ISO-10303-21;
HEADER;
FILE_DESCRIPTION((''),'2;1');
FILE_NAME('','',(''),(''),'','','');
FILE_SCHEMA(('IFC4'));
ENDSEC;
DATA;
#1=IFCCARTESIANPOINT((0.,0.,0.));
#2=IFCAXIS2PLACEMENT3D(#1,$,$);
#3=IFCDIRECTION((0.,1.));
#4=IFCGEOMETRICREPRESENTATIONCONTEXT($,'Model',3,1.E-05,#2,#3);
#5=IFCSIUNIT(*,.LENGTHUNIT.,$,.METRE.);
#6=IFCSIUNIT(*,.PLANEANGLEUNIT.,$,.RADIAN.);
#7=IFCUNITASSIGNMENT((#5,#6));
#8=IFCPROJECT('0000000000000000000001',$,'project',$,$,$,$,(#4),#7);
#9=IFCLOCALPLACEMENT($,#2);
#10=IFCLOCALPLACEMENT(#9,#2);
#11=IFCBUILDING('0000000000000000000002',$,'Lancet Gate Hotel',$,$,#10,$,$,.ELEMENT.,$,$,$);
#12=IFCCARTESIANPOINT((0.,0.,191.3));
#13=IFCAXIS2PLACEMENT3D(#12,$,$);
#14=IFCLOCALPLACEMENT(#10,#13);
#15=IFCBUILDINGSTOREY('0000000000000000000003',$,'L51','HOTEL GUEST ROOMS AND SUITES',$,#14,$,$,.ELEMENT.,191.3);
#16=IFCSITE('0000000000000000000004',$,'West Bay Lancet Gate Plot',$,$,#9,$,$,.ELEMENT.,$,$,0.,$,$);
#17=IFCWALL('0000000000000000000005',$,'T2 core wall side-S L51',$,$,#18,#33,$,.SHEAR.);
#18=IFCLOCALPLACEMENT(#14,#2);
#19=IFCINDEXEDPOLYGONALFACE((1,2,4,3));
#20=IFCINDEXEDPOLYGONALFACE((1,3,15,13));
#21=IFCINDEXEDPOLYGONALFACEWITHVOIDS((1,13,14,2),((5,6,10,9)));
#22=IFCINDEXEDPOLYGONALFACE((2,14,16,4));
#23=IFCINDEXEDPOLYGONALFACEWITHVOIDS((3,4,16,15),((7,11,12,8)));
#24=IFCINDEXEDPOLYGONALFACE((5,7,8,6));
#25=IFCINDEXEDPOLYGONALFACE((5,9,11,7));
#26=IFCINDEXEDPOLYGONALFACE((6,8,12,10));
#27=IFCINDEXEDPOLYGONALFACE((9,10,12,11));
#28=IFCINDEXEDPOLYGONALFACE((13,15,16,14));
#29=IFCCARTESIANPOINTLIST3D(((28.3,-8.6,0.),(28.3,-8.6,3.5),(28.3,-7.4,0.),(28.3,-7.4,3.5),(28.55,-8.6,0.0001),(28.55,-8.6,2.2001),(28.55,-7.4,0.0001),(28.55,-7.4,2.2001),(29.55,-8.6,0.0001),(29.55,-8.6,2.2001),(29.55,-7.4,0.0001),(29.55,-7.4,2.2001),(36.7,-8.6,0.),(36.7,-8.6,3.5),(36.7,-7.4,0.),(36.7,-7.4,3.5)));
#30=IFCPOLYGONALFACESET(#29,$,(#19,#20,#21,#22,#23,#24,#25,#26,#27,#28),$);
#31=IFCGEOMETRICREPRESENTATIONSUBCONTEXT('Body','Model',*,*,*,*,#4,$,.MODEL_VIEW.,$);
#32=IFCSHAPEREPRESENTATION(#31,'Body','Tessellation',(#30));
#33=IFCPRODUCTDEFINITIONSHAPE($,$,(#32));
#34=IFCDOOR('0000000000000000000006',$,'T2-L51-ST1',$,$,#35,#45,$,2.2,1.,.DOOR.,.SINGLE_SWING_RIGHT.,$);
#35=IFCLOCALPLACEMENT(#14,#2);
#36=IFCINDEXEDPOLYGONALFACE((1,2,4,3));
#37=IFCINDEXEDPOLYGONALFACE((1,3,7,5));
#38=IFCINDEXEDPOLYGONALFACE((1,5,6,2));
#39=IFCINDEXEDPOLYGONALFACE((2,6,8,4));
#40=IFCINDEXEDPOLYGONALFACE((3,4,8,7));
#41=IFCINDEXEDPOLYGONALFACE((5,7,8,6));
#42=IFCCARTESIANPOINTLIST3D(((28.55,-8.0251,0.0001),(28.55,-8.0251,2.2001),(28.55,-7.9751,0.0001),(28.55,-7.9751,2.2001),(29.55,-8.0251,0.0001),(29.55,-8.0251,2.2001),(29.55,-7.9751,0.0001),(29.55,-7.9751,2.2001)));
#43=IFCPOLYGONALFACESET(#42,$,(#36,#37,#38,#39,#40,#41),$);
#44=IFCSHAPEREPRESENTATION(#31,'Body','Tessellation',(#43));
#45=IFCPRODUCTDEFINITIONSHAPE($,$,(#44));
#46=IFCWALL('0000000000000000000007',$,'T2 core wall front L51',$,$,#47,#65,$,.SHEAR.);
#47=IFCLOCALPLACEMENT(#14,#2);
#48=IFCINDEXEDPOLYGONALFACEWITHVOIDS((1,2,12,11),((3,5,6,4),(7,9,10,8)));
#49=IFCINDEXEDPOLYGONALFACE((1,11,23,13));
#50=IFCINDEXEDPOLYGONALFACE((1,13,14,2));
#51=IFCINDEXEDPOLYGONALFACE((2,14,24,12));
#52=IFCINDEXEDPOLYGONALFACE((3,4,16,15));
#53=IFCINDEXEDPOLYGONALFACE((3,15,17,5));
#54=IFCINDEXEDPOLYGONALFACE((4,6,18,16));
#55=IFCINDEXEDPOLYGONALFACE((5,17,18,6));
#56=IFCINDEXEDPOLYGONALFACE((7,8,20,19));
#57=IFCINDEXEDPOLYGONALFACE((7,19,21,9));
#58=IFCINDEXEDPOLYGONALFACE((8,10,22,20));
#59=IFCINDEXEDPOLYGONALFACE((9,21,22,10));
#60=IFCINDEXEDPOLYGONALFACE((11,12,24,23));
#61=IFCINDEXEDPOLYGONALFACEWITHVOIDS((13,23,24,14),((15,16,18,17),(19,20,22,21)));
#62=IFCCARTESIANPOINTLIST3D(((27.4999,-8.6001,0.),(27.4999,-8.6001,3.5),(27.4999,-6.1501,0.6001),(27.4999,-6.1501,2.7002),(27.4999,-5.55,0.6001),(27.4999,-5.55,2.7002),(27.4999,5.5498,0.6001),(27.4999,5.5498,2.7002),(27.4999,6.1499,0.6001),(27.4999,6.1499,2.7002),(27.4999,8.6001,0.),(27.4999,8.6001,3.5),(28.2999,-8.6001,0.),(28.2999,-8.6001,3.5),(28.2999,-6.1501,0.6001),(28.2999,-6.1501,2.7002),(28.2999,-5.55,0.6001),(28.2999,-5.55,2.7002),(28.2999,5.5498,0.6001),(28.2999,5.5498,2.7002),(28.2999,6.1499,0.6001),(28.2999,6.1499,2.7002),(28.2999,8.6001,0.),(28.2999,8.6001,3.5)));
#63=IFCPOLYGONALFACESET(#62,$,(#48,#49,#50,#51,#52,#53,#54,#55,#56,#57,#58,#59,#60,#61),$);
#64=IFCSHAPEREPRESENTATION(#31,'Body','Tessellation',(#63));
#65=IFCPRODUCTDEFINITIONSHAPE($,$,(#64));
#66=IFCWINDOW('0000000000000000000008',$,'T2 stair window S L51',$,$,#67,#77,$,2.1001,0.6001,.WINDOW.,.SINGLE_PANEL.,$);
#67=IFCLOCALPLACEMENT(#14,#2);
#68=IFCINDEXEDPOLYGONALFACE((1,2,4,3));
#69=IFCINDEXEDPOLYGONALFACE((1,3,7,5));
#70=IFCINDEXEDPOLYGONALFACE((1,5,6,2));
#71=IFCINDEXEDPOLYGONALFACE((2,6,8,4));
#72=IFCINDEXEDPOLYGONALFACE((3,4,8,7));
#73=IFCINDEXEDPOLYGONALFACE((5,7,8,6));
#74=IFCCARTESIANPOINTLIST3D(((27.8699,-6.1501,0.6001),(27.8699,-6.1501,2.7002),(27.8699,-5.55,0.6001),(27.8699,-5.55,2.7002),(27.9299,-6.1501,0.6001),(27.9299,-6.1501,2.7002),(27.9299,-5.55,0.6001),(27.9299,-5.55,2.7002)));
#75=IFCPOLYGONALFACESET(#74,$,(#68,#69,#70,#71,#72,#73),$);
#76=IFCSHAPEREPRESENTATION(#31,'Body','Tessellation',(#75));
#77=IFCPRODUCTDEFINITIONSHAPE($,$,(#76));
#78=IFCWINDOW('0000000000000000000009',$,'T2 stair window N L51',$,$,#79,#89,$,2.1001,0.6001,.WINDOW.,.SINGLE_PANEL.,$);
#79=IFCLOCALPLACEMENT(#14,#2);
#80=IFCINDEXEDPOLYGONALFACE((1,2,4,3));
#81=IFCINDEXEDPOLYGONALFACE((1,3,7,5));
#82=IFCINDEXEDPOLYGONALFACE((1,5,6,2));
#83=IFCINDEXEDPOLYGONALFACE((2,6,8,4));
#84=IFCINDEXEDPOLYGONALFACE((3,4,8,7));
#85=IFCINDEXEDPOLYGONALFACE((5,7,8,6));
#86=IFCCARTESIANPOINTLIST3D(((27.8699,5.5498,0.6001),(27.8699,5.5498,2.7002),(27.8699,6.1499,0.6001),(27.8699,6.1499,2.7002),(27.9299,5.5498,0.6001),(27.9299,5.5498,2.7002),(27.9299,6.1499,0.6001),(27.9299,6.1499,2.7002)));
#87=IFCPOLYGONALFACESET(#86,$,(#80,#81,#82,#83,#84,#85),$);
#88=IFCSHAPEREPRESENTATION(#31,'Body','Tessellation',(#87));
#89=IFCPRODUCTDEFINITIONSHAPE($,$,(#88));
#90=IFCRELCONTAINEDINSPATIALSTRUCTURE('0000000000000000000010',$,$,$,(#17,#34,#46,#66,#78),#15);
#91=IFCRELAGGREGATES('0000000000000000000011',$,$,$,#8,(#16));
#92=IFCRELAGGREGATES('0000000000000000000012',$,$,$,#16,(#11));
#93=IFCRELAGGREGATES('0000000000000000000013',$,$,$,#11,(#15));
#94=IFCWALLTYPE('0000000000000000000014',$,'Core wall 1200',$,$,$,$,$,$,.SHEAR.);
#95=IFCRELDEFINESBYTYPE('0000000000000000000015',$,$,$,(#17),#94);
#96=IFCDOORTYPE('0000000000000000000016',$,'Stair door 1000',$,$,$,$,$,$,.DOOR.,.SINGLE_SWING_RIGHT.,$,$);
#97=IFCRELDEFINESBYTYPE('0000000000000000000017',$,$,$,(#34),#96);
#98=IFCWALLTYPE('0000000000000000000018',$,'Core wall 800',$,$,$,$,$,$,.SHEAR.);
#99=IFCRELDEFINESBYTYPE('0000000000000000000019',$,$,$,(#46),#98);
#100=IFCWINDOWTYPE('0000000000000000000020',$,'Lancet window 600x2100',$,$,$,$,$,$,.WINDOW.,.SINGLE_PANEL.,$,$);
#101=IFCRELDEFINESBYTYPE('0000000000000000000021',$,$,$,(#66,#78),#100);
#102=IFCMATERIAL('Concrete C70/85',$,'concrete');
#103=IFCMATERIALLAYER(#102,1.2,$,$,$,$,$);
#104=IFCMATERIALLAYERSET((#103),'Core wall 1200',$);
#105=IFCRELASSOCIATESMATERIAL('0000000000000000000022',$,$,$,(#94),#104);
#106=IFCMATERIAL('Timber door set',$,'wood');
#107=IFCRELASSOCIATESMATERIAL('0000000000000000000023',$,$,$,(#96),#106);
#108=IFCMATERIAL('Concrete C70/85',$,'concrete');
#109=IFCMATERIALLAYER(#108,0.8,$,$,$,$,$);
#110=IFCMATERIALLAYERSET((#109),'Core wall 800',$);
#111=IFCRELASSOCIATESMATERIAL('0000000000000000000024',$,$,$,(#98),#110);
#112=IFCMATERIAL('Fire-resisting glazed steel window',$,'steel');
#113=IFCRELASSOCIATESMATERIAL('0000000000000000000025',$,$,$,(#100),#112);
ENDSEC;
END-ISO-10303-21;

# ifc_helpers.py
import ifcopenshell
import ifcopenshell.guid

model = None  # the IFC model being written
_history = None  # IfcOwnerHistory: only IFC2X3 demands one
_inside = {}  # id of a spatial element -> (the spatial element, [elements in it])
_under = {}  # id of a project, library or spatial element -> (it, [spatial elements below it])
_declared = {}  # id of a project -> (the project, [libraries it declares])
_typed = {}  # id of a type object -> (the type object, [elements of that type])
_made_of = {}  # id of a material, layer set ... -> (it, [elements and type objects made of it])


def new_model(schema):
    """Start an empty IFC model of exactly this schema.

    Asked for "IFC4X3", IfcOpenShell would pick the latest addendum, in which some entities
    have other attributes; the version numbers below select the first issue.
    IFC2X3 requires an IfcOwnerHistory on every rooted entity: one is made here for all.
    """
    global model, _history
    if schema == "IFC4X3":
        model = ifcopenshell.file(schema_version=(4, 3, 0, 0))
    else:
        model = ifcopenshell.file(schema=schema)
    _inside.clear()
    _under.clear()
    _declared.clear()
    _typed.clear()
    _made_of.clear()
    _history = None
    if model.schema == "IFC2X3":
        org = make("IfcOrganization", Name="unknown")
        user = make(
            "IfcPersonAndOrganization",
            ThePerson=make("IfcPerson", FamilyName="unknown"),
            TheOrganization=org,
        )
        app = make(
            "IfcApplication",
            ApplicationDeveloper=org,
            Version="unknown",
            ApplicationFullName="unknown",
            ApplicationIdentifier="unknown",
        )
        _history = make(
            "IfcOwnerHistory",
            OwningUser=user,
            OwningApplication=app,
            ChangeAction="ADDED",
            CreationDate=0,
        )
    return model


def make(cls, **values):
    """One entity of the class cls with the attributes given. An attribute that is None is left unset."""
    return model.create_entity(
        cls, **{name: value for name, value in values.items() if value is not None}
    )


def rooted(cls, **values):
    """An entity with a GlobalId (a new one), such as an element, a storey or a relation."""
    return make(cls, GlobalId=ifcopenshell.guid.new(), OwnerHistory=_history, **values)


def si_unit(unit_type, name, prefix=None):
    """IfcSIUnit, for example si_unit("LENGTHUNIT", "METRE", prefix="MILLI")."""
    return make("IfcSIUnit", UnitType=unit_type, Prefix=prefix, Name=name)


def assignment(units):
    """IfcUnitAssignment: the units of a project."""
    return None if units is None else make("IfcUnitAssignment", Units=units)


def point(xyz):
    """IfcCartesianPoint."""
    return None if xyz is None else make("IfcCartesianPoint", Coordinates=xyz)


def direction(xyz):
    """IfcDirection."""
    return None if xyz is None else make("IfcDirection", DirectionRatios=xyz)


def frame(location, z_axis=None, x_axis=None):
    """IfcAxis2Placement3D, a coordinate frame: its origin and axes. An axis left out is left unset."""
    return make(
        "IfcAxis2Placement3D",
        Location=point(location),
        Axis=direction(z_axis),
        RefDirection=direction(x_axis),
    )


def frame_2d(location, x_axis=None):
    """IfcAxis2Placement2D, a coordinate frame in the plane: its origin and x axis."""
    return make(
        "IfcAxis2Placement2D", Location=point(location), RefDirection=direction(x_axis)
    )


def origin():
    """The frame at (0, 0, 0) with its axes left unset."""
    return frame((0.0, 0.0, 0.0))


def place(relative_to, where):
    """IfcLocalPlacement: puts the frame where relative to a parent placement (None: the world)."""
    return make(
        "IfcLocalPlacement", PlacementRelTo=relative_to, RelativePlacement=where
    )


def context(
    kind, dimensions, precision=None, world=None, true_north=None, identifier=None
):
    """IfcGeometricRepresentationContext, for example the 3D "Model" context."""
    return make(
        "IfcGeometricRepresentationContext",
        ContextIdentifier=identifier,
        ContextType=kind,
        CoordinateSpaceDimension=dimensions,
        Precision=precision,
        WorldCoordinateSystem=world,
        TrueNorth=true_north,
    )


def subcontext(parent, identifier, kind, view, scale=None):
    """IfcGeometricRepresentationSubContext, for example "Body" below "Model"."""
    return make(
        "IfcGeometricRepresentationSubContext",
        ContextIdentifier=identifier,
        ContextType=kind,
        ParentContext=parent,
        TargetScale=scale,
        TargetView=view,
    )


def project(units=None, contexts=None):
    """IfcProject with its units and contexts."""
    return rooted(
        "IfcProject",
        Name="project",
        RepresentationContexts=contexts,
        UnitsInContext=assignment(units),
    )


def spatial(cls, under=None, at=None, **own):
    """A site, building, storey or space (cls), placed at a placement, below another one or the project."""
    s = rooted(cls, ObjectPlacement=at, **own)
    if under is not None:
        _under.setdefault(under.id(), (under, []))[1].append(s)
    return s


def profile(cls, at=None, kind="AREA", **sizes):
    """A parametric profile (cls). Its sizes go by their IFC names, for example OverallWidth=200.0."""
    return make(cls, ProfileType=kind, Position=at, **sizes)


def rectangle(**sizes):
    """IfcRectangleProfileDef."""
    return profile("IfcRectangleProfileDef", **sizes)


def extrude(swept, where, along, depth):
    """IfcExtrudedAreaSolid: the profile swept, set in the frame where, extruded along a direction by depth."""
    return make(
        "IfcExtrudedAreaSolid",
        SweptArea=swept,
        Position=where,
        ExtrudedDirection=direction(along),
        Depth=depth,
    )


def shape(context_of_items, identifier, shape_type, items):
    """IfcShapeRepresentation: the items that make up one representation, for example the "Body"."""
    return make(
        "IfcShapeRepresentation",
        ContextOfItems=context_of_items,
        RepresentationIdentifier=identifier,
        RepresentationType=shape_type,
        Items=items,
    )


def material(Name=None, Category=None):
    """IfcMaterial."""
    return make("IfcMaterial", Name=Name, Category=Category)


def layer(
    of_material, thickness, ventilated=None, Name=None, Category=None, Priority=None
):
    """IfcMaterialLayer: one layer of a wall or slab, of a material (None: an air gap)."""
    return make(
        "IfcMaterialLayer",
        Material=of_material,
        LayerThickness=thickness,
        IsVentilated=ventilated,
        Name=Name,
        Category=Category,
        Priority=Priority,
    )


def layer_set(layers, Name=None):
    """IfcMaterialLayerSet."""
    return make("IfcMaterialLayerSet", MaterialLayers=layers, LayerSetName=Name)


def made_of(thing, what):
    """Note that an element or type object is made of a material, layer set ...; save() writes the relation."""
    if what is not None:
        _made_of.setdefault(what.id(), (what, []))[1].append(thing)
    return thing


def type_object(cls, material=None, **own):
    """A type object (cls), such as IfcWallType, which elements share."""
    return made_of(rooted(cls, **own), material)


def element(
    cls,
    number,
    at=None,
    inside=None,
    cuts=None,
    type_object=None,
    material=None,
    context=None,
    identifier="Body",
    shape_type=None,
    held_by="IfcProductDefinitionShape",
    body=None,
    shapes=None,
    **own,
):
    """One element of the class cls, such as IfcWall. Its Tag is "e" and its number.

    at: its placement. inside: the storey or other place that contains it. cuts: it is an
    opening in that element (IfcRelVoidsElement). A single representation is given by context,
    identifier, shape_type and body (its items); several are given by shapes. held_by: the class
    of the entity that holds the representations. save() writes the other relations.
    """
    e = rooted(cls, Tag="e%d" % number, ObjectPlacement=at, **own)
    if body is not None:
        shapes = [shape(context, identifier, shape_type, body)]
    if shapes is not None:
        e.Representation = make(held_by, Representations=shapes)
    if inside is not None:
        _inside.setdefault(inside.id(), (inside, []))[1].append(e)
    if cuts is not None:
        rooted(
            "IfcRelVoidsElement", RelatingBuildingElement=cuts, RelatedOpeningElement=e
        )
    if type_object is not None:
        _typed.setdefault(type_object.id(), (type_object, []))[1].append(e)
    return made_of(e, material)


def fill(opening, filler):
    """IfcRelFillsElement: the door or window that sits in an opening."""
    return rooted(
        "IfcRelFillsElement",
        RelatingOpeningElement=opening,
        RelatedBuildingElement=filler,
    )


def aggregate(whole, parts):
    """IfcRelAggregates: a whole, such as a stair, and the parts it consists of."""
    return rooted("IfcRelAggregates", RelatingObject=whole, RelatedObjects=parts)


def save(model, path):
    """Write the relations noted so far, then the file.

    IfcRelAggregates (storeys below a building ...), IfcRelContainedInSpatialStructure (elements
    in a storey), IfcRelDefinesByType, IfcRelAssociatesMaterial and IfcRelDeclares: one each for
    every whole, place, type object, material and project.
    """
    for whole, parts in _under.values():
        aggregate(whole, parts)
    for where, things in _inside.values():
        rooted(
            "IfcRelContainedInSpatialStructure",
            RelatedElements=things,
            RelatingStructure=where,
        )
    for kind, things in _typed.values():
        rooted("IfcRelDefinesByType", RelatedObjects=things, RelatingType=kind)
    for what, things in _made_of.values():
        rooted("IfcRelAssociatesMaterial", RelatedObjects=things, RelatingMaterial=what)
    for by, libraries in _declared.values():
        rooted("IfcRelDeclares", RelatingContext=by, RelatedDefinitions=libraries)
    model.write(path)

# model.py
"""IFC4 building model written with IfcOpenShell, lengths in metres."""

from ifc_helpers import new_model, si_unit, direction, frame, frame_2d, origin, place, context, subcontext, project, spatial, rectangle, extrude, material, layer, layer_set, type_object, element, fill, save


model = new_model("IFC4")

# Units and contexts
model_context = context("Model", 3, precision=1e-05, world=origin(), true_north=direction((0.0, 1.0)))
body_context = subcontext(model_context, "Body", "Model", "MODEL_VIEW")
ifc_project = project(units=[si_unit("LENGTHUNIT", "METRE"), si_unit("PLANEANGLEUNIT", "RADIAN")], contexts=[model_context])

# Site, building, storey
site_placement = place(None, origin())
site = spatial("IfcSite", under=ifc_project, at=site_placement, Name="West Bay Lancet Gate Plot", CompositionType="ELEMENT", RefElevation=0.0)
building_placement = place(site_placement, origin())
building = spatial("IfcBuilding", under=site, at=building_placement, Name="Lancet Gate Hotel", CompositionType="ELEMENT")
storey_placement = place(building_placement, frame((0.0, 0.0, 191.3)))
storey = spatial("IfcBuildingStorey", under=building, at=storey_placement, Name="L51", Description="HOTEL GUEST ROOMS AND SUITES", CompositionType="ELEMENT", Elevation=191.3)

# Wall, opening, door
ifc_material_1 = material(Name="Concrete C70/85", Category="concrete")
ifc_layer_1 = layer(ifc_material_1, 1.2)
ifc_layer_set_1 = layer_set([ifc_layer_1], Name="Core wall 1200")
wall_type_1 = type_object("IfcWallType", Name="Core wall 1200", PredefinedType="SHEAR", material=ifc_layer_set_1)
wall_1_placement = place(storey_placement, frame((28.3, -8.0, 0.0), z_axis=(0.0, 0.0, 1.0), x_axis=(1.0, 0.0, 0.0)))
wall_1 = element("IfcWall", 1, at=wall_1_placement, inside=storey, type_object=wall_type_1, Name="T2 core wall side-S L51", PredefinedType="SHEAR", context=body_context, shape_type="SweptSolid", body=[
    extrude(rectangle(XDim=8.3999, YDim=1.2, at=frame_2d((4.2, 0.0))), origin(), (0.0, 0.0, 1.0), 3.5),
])
opening_1_placement = place(wall_1_placement, frame((0.25, 0.0, 0.0)))
opening_1 = element("IfcOpeningElement", 2, at=opening_1_placement, cuts=wall_1, PredefinedType="OPENING", context=body_context, shape_type="SweptSolid", body=[
    extrude(rectangle(XDim=1.0, YDim=2.2, at=frame_2d((0.5, 1.1001))), frame((0.0, 0.6099, 0.0), z_axis=(0.0, -1.0, 0.0), x_axis=(1.0, 0.0, 0.0)), (0.0, 0.0, 1.0), 1.22),
])
ifc_material_2 = material(Name="Timber door set", Category="wood")
door_type_1 = type_object("IfcDoorType", Name="Stair door 1000", OperationType="SINGLE_SWING_RIGHT", PredefinedType="DOOR", material=ifc_material_2)
door_1_placement = place(opening_1_placement, origin())
door_1 = element("IfcDoor", 3, at=door_1_placement, inside=storey, type_object=door_type_1, Name="T2-L51-ST1", OperationType="SINGLE_SWING_RIGHT", OverallHeight=2.2, OverallWidth=1.0, PredefinedType="DOOR", context=body_context, shape_type="SweptSolid", body=[
    extrude(rectangle(XDim=1.0, YDim=2.2, at=frame_2d((0.5, 1.1001))), frame((0.0, 0.0249, 0.0), z_axis=(0.0, -1.0, 0.0), x_axis=(1.0, 0.0, 0.0)), (0.0, 0.0, 1.0), 0.05),
])
fill(opening_1, door_1)

# Wall, openings, windows
ifc_material_3 = material(Name="Concrete C70/85", Category="concrete")
ifc_layer_2 = layer(ifc_material_3, 0.8)
ifc_layer_set_2 = layer_set([ifc_layer_2], Name="Core wall 800")
wall_type_2 = type_object("IfcWallType", Name="Core wall 800", PredefinedType="SHEAR", material=ifc_layer_set_2)
wall_2_placement = place(storey_placement, frame((27.8999, -8.6001, 0.0), z_axis=(0.0, 0.0, 1.0), x_axis=(0.0, 1.0, 0.0)))
wall_2 = element("IfcWall", 4, at=wall_2_placement, inside=storey, type_object=wall_type_2, Name="T2 core wall front L51", PredefinedType="SHEAR", context=body_context, shape_type="SweptSolid", body=[
    extrude(rectangle(XDim=17.2002, YDim=0.8, at=frame_2d((8.6001, 0.0))), origin(), (0.0, 0.0, 1.0), 3.5),
])
opening_2_placement = place(wall_2_placement, frame((2.45, 0.0, 0.6001)))
opening_2 = element("IfcOpeningElement", 5, at=opening_2_placement, cuts=wall_2, PredefinedType="OPENING", context=body_context, shape_type="SweptSolid", body=[
    extrude(rectangle(XDim=0.6001, YDim=2.1001, at=frame_2d((0.3, 1.05))), frame((0.0, 0.4099, 0.0), z_axis=(0.0, -1.0, 0.0), x_axis=(1.0, 0.0, 0.0)), (0.0, 0.0, 1.0), 0.8201),
])
opening_3_placement = place(wall_2_placement, frame((14.1499, 0.0, 0.6001)))
opening_3 = element("IfcOpeningElement", 6, at=opening_3_placement, cuts=wall_2, PredefinedType="OPENING", context=body_context, shape_type="SweptSolid", body=[
    extrude(rectangle(XDim=0.6001, YDim=2.1001, at=frame_2d((0.3, 1.05))), frame((0.0, 0.4099, 0.0), z_axis=(0.0, -1.0, 0.0), x_axis=(1.0, 0.0, 0.0)), (0.0, 0.0, 1.0), 0.8201),
])
ifc_material_4 = material(Name="Fire-resisting glazed steel window", Category="steel")
window_type = type_object("IfcWindowType", Name="Lancet window 600x2100", PartitioningType="SINGLE_PANEL", PredefinedType="WINDOW", material=ifc_material_4)
window_1_placement = place(opening_2_placement, origin())
window_1 = element("IfcWindow", 7, at=window_1_placement, inside=storey, type_object=window_type, Name="T2 stair window S L51", OverallHeight=2.1001, OverallWidth=0.6001, PartitioningType="SINGLE_PANEL", PredefinedType="WINDOW", context=body_context, shape_type="SweptSolid", body=[
    extrude(rectangle(XDim=0.6001, YDim=2.1001, at=frame_2d((0.3, 1.05))), frame((0.0, 0.03, 0.0), z_axis=(0.0, -1.0, 0.0), x_axis=(1.0, 0.0, 0.0)), (0.0, 0.0, 1.0), 0.0601),
])
fill(opening_2, window_1)
window_2_placement = place(opening_3_placement, origin())
window_2 = element("IfcWindow", 8, at=window_2_placement, inside=storey, type_object=window_type, Name="T2 stair window N L51", OverallHeight=2.1001, OverallWidth=0.6001, PartitioningType="SINGLE_PANEL", PredefinedType="WINDOW", context=body_context, shape_type="SweptSolid", body=[
    extrude(rectangle(XDim=0.6001, YDim=2.1001, at=frame_2d((0.3, 1.05))), frame((0.0, 0.03, 0.0), z_axis=(0.0, -1.0, 0.0), x_axis=(1.0, 0.0, 0.0)), (0.0, 0.0, 1.0), 0.0601),
])
fill(opening_3, window_2)

save(model, "model.ifc")
